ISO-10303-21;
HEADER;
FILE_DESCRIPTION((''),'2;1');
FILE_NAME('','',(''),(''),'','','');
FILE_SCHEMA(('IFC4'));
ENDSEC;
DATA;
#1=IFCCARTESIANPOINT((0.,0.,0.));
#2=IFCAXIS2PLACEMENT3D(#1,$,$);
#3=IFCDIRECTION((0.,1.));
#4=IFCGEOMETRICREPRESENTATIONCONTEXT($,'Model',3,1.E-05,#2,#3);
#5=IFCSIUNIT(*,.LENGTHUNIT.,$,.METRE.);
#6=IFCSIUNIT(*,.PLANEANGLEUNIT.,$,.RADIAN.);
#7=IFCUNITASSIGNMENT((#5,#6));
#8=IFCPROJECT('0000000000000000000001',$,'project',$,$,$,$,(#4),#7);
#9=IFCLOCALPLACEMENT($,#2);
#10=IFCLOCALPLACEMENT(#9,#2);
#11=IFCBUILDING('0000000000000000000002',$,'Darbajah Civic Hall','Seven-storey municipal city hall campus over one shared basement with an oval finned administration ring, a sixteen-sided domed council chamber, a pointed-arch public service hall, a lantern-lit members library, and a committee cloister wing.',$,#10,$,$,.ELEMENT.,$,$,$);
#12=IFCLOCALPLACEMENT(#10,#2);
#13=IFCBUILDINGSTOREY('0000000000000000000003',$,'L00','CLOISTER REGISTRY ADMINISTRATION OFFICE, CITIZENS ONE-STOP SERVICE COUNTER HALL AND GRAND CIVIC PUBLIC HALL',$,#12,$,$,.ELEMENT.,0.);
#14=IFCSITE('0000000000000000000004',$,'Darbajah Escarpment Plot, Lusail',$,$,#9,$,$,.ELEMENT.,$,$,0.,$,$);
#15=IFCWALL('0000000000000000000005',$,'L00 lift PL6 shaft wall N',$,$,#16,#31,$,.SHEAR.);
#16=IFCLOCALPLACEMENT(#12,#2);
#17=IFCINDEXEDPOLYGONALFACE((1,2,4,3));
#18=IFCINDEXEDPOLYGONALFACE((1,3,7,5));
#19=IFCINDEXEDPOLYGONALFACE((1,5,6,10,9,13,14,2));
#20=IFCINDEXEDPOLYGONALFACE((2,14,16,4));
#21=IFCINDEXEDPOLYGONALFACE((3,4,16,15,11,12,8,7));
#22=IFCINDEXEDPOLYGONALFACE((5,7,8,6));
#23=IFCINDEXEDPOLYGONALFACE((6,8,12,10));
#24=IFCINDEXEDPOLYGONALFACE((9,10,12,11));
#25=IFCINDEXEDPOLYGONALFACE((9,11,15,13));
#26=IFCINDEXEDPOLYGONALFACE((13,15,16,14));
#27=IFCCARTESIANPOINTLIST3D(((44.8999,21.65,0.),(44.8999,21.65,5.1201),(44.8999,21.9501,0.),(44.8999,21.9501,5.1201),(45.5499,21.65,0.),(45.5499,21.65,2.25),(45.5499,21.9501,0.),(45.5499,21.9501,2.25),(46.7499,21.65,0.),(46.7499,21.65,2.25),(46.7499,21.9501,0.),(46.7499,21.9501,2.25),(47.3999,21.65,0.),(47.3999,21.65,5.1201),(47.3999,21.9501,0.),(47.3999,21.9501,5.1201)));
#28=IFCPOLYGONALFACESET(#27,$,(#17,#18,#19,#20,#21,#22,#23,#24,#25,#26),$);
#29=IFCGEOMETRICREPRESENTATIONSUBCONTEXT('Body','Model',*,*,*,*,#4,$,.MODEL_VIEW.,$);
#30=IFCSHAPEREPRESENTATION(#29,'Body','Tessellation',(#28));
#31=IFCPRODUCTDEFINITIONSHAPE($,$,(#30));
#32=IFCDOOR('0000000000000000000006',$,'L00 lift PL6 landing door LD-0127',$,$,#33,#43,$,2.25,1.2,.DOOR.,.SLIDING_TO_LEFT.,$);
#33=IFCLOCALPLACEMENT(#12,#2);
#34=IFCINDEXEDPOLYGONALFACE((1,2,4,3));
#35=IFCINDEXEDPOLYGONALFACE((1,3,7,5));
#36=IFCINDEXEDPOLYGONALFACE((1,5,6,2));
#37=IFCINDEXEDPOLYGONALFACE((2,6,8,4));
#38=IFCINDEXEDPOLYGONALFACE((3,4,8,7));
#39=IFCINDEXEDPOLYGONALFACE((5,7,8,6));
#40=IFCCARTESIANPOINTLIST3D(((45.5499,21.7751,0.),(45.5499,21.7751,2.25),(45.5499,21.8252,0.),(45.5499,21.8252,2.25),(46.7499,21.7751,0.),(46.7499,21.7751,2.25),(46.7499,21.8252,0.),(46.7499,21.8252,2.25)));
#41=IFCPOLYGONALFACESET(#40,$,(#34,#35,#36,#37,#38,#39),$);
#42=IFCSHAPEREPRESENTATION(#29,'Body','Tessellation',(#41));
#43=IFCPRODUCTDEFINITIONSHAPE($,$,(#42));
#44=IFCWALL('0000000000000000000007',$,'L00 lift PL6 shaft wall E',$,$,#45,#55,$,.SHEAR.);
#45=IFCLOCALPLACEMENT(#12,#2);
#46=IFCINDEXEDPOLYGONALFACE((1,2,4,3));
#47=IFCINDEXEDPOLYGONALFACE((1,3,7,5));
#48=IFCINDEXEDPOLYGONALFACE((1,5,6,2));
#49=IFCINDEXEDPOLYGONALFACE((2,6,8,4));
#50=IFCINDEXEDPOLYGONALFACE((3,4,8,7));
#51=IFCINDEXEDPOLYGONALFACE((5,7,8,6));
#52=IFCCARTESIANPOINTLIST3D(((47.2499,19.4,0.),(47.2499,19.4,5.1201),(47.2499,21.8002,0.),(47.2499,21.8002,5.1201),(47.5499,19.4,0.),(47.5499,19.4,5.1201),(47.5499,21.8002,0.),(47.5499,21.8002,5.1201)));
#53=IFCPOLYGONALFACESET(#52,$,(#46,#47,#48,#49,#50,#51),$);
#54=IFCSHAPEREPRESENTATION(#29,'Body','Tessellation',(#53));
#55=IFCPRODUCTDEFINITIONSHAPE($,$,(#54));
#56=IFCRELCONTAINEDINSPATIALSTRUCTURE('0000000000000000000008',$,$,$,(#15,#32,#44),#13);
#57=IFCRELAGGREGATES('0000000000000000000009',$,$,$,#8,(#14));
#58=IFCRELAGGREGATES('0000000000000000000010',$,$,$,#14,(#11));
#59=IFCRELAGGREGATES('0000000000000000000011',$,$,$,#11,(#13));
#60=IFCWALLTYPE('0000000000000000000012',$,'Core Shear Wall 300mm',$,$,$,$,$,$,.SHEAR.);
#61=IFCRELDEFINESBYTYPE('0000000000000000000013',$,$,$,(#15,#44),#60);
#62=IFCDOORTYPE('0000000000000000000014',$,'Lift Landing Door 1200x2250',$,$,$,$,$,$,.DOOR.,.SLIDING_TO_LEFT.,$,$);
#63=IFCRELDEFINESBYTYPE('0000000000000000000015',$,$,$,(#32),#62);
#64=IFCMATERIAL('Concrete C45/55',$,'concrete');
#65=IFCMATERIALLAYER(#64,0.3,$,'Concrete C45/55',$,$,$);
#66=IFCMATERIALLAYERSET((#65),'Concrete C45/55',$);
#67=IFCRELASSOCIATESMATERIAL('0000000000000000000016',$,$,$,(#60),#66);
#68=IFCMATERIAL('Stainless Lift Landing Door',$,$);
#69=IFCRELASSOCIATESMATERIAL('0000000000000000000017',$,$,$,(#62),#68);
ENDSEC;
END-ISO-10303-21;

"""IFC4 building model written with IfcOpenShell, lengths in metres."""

from ifc_helpers import new_model, si_unit, direction, frame, frame_2d, origin, place, context, subcontext, project, spatial, rectangle, extrude, material, layer, layer_set, type_object, element, fill, save


model = new_model("IFC4")

# Units and contexts
model_context = context("Model", 3, precision=1e-05, world=origin(), true_north=direction((0.0, 1.0)))
body_context = subcontext(model_context, "Body", "Model", "MODEL_VIEW")
ifc_project = project(units=[si_unit("LENGTHUNIT", "METRE"), si_unit("PLANEANGLEUNIT", "RADIAN")], contexts=[model_context])

# Site, building, storey
site_placement = place(None, origin())
site = spatial("IfcSite", under=ifc_project, at=site_placement, Name="Darbajah Escarpment Plot, Lusail", CompositionType="ELEMENT", RefElevation=0.0)
building_placement = place(site_placement, origin())
building = spatial("IfcBuilding", under=site, at=building_placement, Name="Darbajah Civic Hall", Description="Seven-storey municipal city hall campus over one shared basement with an oval finned administration ring, a sixteen-sided domed council chamber, a pointed-arch public service hall, a lantern-lit members library, and a committee cloister wing.", CompositionType="ELEMENT")
storey_placement = place(building_placement, origin())
storey = spatial("IfcBuildingStorey", under=building, at=storey_placement, Name="L00", Description="CLOISTER REGISTRY ADMINISTRATION OFFICE, CITIZENS ONE-STOP SERVICE COUNTER HALL AND GRAND CIVIC PUBLIC HALL", CompositionType="ELEMENT", Elevation=0.0)

# Shared definitions
ifc_material_1 = material(Name="Concrete C45/55", Category="concrete")

# Wall, opening, door
ifc_layer_1 = layer(ifc_material_1, 0.3, Name="Concrete C45/55")
ifc_layer_set_1 = layer_set([ifc_layer_1], Name="Concrete C45/55")
wall_type = type_object("IfcWallType", Name="Core Shear Wall 300mm", PredefinedType="SHEAR", material=ifc_layer_set_1)
wall_1_placement = place(storey_placement, frame((47.3999, 21.8, 0.0), z_axis=(0.0, 0.0, 1.0), x_axis=(-1.0, 0.0, 0.0)))
wall_1 = element("IfcWall", 1, at=wall_1_placement, inside=storey, type_object=wall_type, Name="L00 lift PL6 shaft wall N", PredefinedType="SHEAR", context=body_context, shape_type="SweptSolid", body=[
    extrude(rectangle(XDim=2.5, YDim=0.3, at=frame_2d((1.25, 0.0))), origin(), (0.0, 0.0, 1.0), 5.1201),
])
opening_placement = place(wall_1_placement, frame((0.6499, 0.0, 0.0)))
opening = element("IfcOpeningElement", 2, at=opening_placement, cuts=wall_1, PredefinedType="OPENING", context=body_context, shape_type="SweptSolid", body=[
    extrude(rectangle(XDim=1.2, YDim=2.25, at=frame_2d((0.6001, 1.125))), frame((0.0, 0.1599, 0.0), z_axis=(0.0, -1.0, 0.0), x_axis=(1.0, 0.0, 0.0)), (0.0, 0.0, 1.0), 0.3201),
])
ifc_material_2 = material(Name="Stainless Lift Landing Door")
door_type = type_object("IfcDoorType", Name="Lift Landing Door 1200x2250", OperationType="SLIDING_TO_LEFT", PredefinedType="DOOR", material=ifc_material_2)
door_placement = place(opening_placement, origin())
door = element("IfcDoor", 3, at=door_placement, inside=storey, type_object=door_type, Name="L00 lift PL6 landing door LD-0127", OperationType="SLIDING_TO_LEFT", OverallHeight=2.25, OverallWidth=1.2, PredefinedType="DOOR", context=body_context, shape_type="SweptSolid", body=[
    extrude(rectangle(XDim=1.2, YDim=2.25, at=frame_2d((0.6001, 1.125))), frame((0.0, 0.0249, 0.0), z_axis=(0.0, -1.0, 0.0), x_axis=(1.0, 0.0, 0.0)), (0.0, 0.0, 1.0), 0.05),
])
fill(opening, door)

# Wall
wall_2_placement = place(storey_placement, frame((47.3999, 19.3999, 0.0), z_axis=(0.0, 0.0, 1.0), x_axis=(0.0, 1.0, 0.0)))
element("IfcWall", 4, at=wall_2_placement, inside=storey, type_object=wall_type, Name="L00 lift PL6 shaft wall E", PredefinedType="SHEAR", context=body_context, shape_type="SweptSolid", body=[
    extrude(rectangle(XDim=2.4001, YDim=0.3, at=frame_2d((1.2002, 0.0))), origin(), (0.0, 0.0, 1.0), 5.1201),
])

save(model, "model.ifc")
